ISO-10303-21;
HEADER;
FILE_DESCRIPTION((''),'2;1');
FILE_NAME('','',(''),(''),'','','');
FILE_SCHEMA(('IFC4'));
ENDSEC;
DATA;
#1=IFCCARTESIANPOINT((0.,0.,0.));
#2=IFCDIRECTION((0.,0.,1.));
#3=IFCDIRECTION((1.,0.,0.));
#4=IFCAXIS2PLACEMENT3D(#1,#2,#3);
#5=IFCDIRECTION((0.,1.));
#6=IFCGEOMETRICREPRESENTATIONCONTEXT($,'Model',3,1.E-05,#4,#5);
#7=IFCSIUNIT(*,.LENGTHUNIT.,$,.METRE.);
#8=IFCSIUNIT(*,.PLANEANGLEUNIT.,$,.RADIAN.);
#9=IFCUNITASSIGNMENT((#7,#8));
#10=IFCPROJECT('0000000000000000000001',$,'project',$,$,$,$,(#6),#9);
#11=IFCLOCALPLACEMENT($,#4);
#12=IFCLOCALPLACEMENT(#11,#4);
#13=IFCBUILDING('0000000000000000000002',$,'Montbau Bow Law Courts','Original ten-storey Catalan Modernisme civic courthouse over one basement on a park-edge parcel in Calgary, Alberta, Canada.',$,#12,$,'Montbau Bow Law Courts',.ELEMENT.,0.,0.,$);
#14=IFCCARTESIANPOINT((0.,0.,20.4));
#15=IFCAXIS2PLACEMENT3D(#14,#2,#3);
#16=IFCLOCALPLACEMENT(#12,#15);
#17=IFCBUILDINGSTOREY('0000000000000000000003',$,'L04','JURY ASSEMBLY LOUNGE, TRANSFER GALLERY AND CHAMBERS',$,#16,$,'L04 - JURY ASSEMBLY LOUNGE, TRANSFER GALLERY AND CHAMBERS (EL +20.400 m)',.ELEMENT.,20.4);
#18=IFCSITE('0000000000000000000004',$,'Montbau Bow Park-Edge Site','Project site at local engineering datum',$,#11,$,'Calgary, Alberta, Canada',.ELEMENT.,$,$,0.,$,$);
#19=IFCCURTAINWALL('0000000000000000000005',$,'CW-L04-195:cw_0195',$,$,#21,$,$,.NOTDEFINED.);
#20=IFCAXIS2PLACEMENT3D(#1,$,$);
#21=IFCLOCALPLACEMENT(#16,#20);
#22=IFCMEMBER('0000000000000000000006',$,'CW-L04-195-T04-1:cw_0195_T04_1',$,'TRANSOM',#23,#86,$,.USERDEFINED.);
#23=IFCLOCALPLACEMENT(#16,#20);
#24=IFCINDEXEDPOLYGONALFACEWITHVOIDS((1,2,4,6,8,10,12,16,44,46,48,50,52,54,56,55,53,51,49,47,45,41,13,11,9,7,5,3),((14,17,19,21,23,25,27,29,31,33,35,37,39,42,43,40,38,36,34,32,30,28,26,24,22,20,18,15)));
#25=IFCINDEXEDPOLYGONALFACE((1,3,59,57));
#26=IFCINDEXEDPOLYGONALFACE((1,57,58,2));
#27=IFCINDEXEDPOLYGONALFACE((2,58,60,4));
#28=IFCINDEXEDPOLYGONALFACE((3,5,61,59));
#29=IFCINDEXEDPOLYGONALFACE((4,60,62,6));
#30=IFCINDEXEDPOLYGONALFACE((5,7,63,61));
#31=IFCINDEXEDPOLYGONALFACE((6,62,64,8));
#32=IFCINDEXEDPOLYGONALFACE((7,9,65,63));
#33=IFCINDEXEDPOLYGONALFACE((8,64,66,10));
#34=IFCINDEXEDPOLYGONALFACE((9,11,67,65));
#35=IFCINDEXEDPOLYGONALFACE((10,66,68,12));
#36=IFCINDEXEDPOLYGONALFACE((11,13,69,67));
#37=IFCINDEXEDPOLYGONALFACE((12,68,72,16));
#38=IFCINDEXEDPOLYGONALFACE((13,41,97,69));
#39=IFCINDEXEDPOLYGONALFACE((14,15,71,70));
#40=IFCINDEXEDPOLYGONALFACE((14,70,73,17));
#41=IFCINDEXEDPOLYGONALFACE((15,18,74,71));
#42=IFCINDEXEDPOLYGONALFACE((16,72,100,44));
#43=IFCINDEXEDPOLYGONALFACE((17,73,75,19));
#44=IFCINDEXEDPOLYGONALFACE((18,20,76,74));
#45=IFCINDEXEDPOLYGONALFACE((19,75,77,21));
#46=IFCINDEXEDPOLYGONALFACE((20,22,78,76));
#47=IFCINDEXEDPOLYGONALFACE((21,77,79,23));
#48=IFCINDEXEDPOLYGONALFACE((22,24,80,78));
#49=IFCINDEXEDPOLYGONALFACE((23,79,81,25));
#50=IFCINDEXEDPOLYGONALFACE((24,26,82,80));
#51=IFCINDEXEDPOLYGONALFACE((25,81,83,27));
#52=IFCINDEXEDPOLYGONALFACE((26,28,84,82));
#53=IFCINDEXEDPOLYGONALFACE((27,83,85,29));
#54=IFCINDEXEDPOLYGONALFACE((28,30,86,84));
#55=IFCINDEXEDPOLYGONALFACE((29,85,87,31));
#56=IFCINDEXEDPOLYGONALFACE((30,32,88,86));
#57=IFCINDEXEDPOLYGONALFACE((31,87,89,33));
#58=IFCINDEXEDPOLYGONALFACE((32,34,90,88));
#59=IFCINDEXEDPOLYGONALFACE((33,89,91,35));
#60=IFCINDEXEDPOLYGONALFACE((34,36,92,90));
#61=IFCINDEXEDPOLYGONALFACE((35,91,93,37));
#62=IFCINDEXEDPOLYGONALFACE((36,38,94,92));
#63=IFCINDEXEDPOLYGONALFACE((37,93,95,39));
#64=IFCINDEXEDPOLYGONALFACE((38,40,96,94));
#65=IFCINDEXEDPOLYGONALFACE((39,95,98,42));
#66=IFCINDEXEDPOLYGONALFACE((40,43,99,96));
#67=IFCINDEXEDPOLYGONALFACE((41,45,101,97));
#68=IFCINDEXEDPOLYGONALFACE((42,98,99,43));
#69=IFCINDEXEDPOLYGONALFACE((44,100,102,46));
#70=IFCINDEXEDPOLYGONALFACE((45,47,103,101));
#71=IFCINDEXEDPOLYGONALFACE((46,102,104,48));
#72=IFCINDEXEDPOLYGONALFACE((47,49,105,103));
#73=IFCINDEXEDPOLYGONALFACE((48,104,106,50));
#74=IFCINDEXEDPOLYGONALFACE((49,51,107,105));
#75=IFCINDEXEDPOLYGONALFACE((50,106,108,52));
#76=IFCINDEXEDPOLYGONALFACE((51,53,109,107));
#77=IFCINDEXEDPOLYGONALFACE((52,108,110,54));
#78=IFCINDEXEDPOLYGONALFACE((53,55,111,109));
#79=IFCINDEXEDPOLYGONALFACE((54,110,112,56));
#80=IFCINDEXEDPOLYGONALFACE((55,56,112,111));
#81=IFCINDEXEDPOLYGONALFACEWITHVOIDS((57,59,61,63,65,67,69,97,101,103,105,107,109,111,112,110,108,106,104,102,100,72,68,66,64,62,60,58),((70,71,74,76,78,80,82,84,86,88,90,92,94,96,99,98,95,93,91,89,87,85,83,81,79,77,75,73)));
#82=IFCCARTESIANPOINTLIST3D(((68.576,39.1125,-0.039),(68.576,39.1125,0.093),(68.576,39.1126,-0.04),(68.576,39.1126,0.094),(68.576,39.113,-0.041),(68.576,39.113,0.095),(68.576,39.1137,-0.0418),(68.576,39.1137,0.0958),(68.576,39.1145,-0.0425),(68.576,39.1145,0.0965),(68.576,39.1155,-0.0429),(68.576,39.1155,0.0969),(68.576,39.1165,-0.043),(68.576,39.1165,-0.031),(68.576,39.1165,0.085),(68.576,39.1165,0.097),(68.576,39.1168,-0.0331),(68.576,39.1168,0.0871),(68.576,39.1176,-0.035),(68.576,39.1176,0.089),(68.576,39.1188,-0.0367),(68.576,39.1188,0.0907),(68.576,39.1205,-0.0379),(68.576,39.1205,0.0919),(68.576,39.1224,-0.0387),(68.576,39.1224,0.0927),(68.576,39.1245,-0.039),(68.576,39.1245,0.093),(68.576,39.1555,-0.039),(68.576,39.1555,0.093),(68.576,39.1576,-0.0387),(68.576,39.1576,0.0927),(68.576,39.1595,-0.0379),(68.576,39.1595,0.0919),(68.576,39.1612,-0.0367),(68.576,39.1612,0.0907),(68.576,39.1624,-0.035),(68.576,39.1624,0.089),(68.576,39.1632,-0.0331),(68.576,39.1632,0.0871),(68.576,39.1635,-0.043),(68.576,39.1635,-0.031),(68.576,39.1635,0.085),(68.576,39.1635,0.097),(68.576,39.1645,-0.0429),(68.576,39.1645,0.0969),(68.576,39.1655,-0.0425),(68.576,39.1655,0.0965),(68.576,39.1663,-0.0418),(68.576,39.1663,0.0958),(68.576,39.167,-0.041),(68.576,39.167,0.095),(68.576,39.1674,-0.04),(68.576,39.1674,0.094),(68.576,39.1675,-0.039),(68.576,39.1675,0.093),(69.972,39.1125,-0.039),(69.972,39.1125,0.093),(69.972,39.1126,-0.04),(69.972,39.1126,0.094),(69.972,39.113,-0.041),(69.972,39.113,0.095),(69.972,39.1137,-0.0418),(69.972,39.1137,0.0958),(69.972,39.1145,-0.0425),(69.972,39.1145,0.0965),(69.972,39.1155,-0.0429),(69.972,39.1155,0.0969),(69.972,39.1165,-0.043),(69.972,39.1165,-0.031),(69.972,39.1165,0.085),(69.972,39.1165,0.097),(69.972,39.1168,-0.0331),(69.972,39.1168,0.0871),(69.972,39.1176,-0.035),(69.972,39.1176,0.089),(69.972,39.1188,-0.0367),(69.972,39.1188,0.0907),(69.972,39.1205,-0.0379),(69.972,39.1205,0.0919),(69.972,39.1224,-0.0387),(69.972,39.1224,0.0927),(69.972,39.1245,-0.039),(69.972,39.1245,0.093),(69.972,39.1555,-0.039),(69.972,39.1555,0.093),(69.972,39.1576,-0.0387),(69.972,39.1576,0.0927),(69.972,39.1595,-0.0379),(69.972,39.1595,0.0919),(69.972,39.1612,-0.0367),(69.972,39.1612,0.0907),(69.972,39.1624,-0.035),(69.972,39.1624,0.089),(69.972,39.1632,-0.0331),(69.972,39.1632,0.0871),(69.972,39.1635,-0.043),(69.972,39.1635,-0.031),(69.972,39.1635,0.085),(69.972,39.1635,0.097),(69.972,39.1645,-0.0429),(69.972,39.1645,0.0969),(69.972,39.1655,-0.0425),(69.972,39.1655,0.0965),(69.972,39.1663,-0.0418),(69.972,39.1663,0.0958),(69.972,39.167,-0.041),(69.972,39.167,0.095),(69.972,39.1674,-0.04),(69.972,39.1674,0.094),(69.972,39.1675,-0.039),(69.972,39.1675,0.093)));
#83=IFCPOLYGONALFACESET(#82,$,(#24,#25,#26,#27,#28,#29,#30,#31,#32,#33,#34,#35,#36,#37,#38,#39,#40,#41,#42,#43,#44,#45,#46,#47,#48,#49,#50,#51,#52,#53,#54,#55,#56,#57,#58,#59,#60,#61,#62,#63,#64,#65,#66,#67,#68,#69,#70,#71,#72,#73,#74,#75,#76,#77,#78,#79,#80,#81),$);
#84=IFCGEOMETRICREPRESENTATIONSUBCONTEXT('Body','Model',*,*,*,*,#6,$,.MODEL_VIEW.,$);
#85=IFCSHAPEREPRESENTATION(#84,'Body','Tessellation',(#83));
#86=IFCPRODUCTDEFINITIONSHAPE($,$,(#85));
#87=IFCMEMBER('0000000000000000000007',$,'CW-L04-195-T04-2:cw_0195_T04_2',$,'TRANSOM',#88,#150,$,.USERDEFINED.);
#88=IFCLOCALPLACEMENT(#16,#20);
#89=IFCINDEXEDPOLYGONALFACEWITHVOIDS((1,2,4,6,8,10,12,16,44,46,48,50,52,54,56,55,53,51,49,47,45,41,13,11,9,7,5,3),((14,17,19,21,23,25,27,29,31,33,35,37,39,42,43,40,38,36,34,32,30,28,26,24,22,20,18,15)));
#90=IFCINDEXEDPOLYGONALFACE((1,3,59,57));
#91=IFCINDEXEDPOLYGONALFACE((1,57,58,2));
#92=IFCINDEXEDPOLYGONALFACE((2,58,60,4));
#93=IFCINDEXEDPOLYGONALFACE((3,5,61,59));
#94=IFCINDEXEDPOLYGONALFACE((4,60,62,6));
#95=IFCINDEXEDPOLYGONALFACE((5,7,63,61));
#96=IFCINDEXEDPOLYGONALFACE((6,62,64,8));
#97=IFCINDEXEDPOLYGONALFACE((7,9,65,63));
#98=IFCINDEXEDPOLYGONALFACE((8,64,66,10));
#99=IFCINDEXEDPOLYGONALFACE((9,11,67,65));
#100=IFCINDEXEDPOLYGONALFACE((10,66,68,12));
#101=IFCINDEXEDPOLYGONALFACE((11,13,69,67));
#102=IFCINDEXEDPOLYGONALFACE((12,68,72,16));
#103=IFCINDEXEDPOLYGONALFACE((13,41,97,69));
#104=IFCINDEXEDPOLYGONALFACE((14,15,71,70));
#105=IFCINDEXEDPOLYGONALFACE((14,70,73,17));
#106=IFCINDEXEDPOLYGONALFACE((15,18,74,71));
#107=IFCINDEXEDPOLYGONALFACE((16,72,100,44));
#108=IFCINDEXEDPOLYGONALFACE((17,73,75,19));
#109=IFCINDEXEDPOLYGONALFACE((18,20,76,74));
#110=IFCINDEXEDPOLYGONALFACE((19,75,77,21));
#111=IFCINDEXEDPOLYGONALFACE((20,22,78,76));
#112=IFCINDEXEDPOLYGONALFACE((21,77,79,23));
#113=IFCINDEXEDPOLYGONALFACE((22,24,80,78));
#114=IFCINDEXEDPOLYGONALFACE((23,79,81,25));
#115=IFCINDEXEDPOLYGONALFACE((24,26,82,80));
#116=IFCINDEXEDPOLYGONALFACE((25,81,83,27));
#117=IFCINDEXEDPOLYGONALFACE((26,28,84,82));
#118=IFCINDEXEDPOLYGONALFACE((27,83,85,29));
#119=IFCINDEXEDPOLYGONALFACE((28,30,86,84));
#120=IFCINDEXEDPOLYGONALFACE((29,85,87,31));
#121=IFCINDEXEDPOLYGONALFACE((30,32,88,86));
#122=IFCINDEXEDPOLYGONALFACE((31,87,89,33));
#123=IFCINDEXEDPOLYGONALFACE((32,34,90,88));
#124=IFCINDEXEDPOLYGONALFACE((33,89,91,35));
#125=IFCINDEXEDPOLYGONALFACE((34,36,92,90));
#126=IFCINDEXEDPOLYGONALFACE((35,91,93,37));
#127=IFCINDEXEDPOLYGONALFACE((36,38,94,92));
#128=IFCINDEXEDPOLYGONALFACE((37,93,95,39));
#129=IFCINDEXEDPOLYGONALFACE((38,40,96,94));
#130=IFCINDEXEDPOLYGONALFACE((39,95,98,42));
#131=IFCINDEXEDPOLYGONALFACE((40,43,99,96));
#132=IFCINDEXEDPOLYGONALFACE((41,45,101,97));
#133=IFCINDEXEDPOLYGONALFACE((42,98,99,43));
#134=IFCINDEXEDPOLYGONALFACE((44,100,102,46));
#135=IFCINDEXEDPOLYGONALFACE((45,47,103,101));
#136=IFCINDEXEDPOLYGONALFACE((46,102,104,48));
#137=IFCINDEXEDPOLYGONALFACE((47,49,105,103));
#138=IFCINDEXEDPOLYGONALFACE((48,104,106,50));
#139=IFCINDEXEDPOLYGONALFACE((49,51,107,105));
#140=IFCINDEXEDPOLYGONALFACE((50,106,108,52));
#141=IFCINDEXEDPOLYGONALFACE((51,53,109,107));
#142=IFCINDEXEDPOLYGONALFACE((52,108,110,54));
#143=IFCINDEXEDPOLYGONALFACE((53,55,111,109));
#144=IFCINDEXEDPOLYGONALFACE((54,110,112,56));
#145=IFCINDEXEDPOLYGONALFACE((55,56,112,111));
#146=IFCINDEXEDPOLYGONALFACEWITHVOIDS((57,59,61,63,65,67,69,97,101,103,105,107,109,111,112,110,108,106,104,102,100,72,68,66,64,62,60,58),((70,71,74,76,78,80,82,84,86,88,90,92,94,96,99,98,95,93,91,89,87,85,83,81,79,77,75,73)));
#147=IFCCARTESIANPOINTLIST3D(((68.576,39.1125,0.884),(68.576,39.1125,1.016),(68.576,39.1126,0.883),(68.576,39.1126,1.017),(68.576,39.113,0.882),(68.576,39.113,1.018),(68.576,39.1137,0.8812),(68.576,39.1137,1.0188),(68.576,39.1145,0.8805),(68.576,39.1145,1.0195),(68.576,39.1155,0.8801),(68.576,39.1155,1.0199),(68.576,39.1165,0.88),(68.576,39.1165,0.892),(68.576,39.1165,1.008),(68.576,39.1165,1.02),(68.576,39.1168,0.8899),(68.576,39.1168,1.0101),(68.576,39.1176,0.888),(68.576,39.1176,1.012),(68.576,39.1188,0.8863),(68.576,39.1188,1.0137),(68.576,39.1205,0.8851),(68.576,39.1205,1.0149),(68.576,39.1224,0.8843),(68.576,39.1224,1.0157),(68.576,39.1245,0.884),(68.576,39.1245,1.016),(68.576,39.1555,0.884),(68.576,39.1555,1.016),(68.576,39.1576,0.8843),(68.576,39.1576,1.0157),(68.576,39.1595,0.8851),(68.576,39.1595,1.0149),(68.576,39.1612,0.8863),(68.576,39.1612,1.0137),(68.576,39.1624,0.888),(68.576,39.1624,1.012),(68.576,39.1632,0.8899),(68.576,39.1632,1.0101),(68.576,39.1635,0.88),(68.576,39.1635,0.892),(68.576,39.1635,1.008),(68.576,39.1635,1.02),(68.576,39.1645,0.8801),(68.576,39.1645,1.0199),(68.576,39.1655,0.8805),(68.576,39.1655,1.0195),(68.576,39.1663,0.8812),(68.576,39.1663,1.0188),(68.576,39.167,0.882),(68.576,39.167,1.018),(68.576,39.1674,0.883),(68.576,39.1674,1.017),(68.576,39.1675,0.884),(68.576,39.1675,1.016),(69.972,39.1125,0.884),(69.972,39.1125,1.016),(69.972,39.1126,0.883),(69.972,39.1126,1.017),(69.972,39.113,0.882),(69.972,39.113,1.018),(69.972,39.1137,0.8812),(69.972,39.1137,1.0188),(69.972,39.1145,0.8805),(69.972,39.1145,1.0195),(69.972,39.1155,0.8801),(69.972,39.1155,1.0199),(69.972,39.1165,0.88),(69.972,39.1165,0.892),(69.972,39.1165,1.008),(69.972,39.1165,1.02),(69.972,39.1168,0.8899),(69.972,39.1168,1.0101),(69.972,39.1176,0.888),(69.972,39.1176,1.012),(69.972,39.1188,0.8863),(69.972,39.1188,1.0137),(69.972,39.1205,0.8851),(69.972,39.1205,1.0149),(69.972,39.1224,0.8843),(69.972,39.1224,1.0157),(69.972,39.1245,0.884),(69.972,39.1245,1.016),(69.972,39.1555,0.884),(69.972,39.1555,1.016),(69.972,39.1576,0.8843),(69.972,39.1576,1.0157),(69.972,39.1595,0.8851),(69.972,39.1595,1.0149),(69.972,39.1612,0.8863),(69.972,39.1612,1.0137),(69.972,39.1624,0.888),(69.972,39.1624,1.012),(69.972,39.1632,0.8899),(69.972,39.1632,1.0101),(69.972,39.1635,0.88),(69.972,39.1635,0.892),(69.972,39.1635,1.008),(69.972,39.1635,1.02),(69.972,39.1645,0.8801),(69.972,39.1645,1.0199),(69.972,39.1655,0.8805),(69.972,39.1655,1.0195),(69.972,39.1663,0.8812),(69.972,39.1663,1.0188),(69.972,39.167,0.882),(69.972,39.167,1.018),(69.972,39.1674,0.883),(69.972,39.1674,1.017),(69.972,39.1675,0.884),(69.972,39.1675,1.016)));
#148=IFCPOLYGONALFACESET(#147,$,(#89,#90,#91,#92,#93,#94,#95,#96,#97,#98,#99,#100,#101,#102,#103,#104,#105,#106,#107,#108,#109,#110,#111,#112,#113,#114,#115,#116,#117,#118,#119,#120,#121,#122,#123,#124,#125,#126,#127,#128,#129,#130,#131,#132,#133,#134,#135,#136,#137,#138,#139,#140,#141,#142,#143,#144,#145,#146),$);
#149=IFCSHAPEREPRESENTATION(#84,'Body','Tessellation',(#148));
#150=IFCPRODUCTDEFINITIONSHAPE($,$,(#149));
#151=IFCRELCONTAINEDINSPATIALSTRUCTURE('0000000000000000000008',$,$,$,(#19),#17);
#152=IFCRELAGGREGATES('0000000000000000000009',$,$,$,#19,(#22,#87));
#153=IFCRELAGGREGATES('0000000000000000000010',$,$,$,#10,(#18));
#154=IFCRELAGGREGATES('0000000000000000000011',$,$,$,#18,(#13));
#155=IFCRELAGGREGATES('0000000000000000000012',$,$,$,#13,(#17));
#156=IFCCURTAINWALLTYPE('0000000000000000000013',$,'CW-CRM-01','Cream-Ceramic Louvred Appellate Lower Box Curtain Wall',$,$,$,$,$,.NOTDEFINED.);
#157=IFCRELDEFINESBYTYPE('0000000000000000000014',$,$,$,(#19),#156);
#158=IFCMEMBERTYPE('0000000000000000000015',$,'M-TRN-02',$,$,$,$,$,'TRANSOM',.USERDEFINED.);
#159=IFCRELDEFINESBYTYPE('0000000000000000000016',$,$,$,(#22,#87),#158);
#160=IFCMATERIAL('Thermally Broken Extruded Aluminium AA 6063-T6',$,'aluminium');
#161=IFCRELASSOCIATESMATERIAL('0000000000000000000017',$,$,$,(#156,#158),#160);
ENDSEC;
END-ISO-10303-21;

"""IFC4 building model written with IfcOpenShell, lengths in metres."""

from ifc_helpers import new_model, si_unit, direction, frame, origin_with_axes, origin_2d_with_axis, place, context, subcontext, project, spatial, hollow_rectangle, extrude, material, material_profile, profile_set, type_object, element, aggregate, save


model = new_model("IFC4")

# Units and contexts
model_context = context("Model", 3, precision=1e-05, world=origin_with_axes(), true_north=direction((0.0, 1.0)))
body_context = subcontext(model_context, "Body", "Model", "MODEL_VIEW")
ifc_project = project(units=[si_unit("LENGTHUNIT", "METRE"), si_unit("PLANEANGLEUNIT", "RADIAN")], contexts=[model_context])

# Site, building, storey
site_placement = place(None, origin_with_axes())
site = spatial("IfcSite", under=ifc_project, at=site_placement, Name="Montbau Bow Park-Edge Site", Description="Project site at local engineering datum", LongName="Calgary, Alberta, Canada", CompositionType="ELEMENT", RefElevation=0.0)
building_placement = place(site_placement, origin_with_axes())
building = spatial("IfcBuilding", under=site, at=building_placement, Name="Montbau Bow Law Courts", Description="Original ten-storey Catalan Modernisme civic courthouse over one basement on a park-edge parcel in Calgary, Alberta, Canada.", LongName="Montbau Bow Law Courts", CompositionType="ELEMENT", ElevationOfRefHeight=0.0, ElevationOfTerrain=0.0)
storey_placement = place(building_placement, frame((0.0, 0.0, 20.4), z_axis=(0.0, 0.0, 1.0), x_axis=(1.0, 0.0, 0.0)))
storey = spatial("IfcBuildingStorey", under=building, at=storey_placement, Name="L04", Description="JURY ASSEMBLY LOUNGE, TRANSFER GALLERY AND CHAMBERS", LongName="L04 - JURY ASSEMBLY LOUNGE, TRANSFER GALLERY AND CHAMBERS (EL +20.400 m)", CompositionType="ELEMENT", Elevation=20.4)

# Curtain wall, members
ifc_material_1 = material(Name="Thermally Broken Extruded Aluminium AA 6063-T6", Category="aluminium")
curtain_wall_type = type_object("IfcCurtainWallType", Name="CW-CRM-01", Description="Cream-Ceramic Louvred Appellate Lower Box Curtain Wall", PredefinedType="NOTDEFINED", material=ifc_material_1)
curtain_wall_placement = place(None, frame((64.115, 39.14, 20.4), z_axis=(0.0, 0.0, 1.0), x_axis=(1.0, 0.0, 0.0)))
curtain_wall = element("IfcCurtainWall", 1, at=curtain_wall_placement, inside=storey, type_object=curtain_wall_type, Name="CW-L04-195:cw_0195", PredefinedType="NOTDEFINED")
ifc_material_profile_1 = material_profile(ifc_material_1, hollow_rectangle(XDim=0.055, YDim=0.14, WallThickness=0.004, InnerFilletRadius=0.008, OuterFilletRadius=0.004, at=origin_2d_with_axis()), Name="CWT-140X55", Category="Main", Priority=0)
ifc_profile_set_1 = profile_set([ifc_material_profile_1], Name="Thermally Broken Extruded Aluminium AA 6063-T6")
member_type_1 = type_object("IfcMemberType", Name="M-TRN-02", ElementType="TRANSOM", PredefinedType="USERDEFINED", material=ifc_profile_set_1)
member_1_placement = place(None, frame((68.576, 39.14, 20.427), z_axis=(1.0, 0.0, 0.0), x_axis=(0.0, 1.0, 0.0)))
member_1 = element("IfcMember", 2, at=member_1_placement, type_object=member_type_1, Name="CW-L04-195-T04-1:cw_0195_T04_1", ObjectType="TRANSOM", PredefinedType="USERDEFINED", context=body_context, shape_type="SweptSolid", body=[
    extrude(hollow_rectangle(XDim=0.055, YDim=0.14, WallThickness=0.004, InnerFilletRadius=0.008, OuterFilletRadius=0.004, at=origin_2d_with_axis()), origin_with_axes(), (0.0, 0.0, 1.0), 1.396),
])
member_2_placement = place(None, frame((68.576, 39.14, 21.35), z_axis=(1.0, 0.0, 0.0), x_axis=(0.0, 1.0, 0.0)))
member_2 = element("IfcMember", 3, at=member_2_placement, type_object=member_type_1, Name="CW-L04-195-T04-2:cw_0195_T04_2", ObjectType="TRANSOM", PredefinedType="USERDEFINED", context=body_context, shape_type="SweptSolid", body=[
    extrude(hollow_rectangle(XDim=0.055, YDim=0.14, WallThickness=0.004, InnerFilletRadius=0.008, OuterFilletRadius=0.004, at=origin_2d_with_axis()), origin_with_axes(), (0.0, 0.0, 1.0), 1.396),
])
aggregate(curtain_wall, [member_1, member_2])

save(model, "model.ifc")
